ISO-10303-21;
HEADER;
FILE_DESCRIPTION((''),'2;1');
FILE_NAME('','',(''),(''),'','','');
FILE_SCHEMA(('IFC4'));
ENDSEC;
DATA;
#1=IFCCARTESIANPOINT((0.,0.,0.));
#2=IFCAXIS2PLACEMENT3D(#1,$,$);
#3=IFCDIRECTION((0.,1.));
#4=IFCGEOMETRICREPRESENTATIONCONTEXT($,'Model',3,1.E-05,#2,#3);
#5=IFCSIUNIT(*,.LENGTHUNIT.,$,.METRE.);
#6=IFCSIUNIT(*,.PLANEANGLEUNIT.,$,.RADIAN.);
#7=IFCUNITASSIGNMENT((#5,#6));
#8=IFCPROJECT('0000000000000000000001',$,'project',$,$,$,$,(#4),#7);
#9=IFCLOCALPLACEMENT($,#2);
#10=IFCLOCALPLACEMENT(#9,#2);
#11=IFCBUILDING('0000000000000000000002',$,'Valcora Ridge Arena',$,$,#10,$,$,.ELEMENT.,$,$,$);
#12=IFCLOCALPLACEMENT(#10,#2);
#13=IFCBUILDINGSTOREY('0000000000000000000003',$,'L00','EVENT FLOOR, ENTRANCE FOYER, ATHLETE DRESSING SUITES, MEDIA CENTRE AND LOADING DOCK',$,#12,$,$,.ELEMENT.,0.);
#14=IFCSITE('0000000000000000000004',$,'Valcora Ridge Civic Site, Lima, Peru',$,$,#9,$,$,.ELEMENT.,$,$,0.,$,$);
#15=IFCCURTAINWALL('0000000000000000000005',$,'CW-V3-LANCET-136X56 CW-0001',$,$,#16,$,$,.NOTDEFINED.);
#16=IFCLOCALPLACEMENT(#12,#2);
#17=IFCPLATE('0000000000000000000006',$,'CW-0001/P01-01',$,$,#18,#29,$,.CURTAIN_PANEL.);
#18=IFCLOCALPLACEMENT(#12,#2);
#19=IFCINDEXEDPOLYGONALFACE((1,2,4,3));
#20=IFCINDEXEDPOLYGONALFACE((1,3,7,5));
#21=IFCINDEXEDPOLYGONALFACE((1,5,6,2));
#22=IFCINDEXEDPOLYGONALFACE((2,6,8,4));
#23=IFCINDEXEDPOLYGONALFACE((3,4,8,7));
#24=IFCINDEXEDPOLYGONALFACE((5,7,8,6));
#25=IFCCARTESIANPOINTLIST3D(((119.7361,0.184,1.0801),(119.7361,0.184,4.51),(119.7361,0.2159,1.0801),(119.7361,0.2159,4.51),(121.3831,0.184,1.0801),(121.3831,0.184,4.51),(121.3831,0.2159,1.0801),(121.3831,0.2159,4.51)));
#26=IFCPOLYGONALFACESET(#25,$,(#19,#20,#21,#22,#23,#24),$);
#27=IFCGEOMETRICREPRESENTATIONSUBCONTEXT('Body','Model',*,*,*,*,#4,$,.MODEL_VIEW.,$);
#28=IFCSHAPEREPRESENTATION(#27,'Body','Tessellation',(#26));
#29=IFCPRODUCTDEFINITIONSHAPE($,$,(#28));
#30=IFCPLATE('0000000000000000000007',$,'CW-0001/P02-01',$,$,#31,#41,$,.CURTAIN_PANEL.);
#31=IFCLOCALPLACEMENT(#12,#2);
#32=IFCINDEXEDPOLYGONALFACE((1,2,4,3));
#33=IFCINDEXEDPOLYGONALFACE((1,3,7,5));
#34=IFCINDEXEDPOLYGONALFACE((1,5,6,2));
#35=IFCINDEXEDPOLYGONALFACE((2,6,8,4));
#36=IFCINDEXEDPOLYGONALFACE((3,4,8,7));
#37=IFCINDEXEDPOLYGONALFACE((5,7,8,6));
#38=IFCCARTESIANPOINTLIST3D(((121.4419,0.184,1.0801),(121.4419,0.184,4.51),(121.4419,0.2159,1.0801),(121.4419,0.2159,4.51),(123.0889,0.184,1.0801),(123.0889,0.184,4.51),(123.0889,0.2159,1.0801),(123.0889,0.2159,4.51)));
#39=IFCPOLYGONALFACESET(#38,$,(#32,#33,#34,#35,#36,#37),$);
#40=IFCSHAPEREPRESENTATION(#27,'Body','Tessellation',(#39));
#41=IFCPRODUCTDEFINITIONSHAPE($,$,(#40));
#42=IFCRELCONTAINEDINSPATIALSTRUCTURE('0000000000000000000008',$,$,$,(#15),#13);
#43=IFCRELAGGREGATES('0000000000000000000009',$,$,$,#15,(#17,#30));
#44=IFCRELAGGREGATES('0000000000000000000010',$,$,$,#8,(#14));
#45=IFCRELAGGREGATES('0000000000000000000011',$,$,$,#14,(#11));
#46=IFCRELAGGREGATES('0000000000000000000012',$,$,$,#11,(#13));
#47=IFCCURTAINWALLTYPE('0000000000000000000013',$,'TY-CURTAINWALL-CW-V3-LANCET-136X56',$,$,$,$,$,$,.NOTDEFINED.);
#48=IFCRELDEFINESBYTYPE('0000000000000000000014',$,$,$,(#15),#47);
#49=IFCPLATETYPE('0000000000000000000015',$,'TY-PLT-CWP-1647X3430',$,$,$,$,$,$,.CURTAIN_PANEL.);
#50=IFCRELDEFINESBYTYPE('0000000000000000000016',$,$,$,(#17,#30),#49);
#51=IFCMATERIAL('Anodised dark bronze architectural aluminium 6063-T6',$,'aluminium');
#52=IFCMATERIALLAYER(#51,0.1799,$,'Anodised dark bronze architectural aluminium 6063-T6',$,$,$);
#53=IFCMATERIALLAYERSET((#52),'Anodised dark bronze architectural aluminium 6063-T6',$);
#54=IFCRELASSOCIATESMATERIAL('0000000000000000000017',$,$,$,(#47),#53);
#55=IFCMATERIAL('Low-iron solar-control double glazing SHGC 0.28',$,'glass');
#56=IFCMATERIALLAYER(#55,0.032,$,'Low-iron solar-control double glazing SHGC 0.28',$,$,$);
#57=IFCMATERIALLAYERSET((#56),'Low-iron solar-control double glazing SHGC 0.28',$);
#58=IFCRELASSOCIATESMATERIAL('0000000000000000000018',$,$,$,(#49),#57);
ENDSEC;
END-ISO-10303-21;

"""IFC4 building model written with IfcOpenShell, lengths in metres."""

from ifc_helpers import new_model, si_unit, direction, frame, origin, origin_2d, place, context, subcontext, project, spatial, rectangle, extrude, material, layer, layer_set, type_object, element, aggregate, save


model = new_model("IFC4")

# Units and contexts
model_context = context("Model", 3, precision=1e-05, world=origin(), true_north=direction((0.0, 1.0)))
body_context = subcontext(model_context, "Body", "Model", "MODEL_VIEW")
ifc_project = project(units=[si_unit("LENGTHUNIT", "METRE"), si_unit("PLANEANGLEUNIT", "RADIAN")], contexts=[model_context])

# Site, building, storey
site_placement = place(None, origin())
site = spatial("IfcSite", under=ifc_project, at=site_placement, Name="Valcora Ridge Civic Site, Lima, Peru", CompositionType="ELEMENT", RefElevation=0.0)
building_placement = place(site_placement, origin())
building = spatial("IfcBuilding", under=site, at=building_placement, Name="Valcora Ridge Arena", CompositionType="ELEMENT")
storey_placement = place(building_placement, origin())
storey = spatial("IfcBuildingStorey", under=building, at=storey_placement, Name="L00", Description="EVENT FLOOR, ENTRANCE FOYER, ATHLETE DRESSING SUITES, MEDIA CENTRE AND LOADING DOCK", CompositionType="ELEMENT", Elevation=0.0)

# Curtain wall, plates
ifc_material_1 = material(Name="Anodised dark bronze architectural aluminium 6063-T6", Category="aluminium")
ifc_layer_1 = layer(ifc_material_1, 0.1799, Name="Anodised dark bronze architectural aluminium 6063-T6")
ifc_layer_set_1 = layer_set([ifc_layer_1], Name="Anodised dark bronze architectural aluminium 6063-T6")
curtain_wall_type = type_object("IfcCurtainWallType", Name="TY-CURTAINWALL-CW-V3-LANCET-136X56", PredefinedType="NOTDEFINED", material=ifc_layer_set_1)
curtain_wall_placement = place(storey_placement, origin())
curtain_wall = element("IfcCurtainWall", 1, at=curtain_wall_placement, inside=storey, type_object=curtain_wall_type, Name="CW-V3-LANCET-136X56 CW-0001", PredefinedType="NOTDEFINED")
ifc_material_2 = material(Name="Low-iron solar-control double glazing SHGC 0.28", Category="glass")
ifc_layer_2 = layer(ifc_material_2, 0.032, Name="Low-iron solar-control double glazing SHGC 0.28")
ifc_layer_set_2 = layer_set([ifc_layer_2], Name="Low-iron solar-control double glazing SHGC 0.28")
plate_type_1 = type_object("IfcPlateType", Name="TY-PLT-CWP-1647X3430", PredefinedType="CURTAIN_PANEL", material=ifc_layer_set_2)
plate_1_placement = place(storey_placement, frame((120.5596, 0.2, 1.0801), z_axis=(0.0, 0.0, 1.0), x_axis=(1.0, 0.0, 0.0)))
plate_1 = element("IfcPlate", 2, at=plate_1_placement, type_object=plate_type_1, Name="CW-0001/P01-01", PredefinedType="CURTAIN_PANEL", context=body_context, shape_type="SweptSolid", body=[
    extrude(rectangle(XDim=1.647, YDim=0.032, at=origin_2d()), origin(), (0.0, 0.0, 1.0), 3.4299),
])
plate_2_placement = place(storey_placement, frame((122.2654, 0.2, 1.0801), z_axis=(0.0, 0.0, 1.0), x_axis=(1.0, 0.0, 0.0)))
plate_2 = element("IfcPlate", 3, at=plate_2_placement, type_object=plate_type_1, Name="CW-0001/P02-01", PredefinedType="CURTAIN_PANEL", context=body_context, shape_type="SweptSolid", body=[
    extrude(rectangle(XDim=1.647, YDim=0.032, at=origin_2d()), origin(), (0.0, 0.0, 1.0), 3.4299),
])
aggregate(curtain_wall, [plate_1, plate_2])

save(model, "model.ifc")
